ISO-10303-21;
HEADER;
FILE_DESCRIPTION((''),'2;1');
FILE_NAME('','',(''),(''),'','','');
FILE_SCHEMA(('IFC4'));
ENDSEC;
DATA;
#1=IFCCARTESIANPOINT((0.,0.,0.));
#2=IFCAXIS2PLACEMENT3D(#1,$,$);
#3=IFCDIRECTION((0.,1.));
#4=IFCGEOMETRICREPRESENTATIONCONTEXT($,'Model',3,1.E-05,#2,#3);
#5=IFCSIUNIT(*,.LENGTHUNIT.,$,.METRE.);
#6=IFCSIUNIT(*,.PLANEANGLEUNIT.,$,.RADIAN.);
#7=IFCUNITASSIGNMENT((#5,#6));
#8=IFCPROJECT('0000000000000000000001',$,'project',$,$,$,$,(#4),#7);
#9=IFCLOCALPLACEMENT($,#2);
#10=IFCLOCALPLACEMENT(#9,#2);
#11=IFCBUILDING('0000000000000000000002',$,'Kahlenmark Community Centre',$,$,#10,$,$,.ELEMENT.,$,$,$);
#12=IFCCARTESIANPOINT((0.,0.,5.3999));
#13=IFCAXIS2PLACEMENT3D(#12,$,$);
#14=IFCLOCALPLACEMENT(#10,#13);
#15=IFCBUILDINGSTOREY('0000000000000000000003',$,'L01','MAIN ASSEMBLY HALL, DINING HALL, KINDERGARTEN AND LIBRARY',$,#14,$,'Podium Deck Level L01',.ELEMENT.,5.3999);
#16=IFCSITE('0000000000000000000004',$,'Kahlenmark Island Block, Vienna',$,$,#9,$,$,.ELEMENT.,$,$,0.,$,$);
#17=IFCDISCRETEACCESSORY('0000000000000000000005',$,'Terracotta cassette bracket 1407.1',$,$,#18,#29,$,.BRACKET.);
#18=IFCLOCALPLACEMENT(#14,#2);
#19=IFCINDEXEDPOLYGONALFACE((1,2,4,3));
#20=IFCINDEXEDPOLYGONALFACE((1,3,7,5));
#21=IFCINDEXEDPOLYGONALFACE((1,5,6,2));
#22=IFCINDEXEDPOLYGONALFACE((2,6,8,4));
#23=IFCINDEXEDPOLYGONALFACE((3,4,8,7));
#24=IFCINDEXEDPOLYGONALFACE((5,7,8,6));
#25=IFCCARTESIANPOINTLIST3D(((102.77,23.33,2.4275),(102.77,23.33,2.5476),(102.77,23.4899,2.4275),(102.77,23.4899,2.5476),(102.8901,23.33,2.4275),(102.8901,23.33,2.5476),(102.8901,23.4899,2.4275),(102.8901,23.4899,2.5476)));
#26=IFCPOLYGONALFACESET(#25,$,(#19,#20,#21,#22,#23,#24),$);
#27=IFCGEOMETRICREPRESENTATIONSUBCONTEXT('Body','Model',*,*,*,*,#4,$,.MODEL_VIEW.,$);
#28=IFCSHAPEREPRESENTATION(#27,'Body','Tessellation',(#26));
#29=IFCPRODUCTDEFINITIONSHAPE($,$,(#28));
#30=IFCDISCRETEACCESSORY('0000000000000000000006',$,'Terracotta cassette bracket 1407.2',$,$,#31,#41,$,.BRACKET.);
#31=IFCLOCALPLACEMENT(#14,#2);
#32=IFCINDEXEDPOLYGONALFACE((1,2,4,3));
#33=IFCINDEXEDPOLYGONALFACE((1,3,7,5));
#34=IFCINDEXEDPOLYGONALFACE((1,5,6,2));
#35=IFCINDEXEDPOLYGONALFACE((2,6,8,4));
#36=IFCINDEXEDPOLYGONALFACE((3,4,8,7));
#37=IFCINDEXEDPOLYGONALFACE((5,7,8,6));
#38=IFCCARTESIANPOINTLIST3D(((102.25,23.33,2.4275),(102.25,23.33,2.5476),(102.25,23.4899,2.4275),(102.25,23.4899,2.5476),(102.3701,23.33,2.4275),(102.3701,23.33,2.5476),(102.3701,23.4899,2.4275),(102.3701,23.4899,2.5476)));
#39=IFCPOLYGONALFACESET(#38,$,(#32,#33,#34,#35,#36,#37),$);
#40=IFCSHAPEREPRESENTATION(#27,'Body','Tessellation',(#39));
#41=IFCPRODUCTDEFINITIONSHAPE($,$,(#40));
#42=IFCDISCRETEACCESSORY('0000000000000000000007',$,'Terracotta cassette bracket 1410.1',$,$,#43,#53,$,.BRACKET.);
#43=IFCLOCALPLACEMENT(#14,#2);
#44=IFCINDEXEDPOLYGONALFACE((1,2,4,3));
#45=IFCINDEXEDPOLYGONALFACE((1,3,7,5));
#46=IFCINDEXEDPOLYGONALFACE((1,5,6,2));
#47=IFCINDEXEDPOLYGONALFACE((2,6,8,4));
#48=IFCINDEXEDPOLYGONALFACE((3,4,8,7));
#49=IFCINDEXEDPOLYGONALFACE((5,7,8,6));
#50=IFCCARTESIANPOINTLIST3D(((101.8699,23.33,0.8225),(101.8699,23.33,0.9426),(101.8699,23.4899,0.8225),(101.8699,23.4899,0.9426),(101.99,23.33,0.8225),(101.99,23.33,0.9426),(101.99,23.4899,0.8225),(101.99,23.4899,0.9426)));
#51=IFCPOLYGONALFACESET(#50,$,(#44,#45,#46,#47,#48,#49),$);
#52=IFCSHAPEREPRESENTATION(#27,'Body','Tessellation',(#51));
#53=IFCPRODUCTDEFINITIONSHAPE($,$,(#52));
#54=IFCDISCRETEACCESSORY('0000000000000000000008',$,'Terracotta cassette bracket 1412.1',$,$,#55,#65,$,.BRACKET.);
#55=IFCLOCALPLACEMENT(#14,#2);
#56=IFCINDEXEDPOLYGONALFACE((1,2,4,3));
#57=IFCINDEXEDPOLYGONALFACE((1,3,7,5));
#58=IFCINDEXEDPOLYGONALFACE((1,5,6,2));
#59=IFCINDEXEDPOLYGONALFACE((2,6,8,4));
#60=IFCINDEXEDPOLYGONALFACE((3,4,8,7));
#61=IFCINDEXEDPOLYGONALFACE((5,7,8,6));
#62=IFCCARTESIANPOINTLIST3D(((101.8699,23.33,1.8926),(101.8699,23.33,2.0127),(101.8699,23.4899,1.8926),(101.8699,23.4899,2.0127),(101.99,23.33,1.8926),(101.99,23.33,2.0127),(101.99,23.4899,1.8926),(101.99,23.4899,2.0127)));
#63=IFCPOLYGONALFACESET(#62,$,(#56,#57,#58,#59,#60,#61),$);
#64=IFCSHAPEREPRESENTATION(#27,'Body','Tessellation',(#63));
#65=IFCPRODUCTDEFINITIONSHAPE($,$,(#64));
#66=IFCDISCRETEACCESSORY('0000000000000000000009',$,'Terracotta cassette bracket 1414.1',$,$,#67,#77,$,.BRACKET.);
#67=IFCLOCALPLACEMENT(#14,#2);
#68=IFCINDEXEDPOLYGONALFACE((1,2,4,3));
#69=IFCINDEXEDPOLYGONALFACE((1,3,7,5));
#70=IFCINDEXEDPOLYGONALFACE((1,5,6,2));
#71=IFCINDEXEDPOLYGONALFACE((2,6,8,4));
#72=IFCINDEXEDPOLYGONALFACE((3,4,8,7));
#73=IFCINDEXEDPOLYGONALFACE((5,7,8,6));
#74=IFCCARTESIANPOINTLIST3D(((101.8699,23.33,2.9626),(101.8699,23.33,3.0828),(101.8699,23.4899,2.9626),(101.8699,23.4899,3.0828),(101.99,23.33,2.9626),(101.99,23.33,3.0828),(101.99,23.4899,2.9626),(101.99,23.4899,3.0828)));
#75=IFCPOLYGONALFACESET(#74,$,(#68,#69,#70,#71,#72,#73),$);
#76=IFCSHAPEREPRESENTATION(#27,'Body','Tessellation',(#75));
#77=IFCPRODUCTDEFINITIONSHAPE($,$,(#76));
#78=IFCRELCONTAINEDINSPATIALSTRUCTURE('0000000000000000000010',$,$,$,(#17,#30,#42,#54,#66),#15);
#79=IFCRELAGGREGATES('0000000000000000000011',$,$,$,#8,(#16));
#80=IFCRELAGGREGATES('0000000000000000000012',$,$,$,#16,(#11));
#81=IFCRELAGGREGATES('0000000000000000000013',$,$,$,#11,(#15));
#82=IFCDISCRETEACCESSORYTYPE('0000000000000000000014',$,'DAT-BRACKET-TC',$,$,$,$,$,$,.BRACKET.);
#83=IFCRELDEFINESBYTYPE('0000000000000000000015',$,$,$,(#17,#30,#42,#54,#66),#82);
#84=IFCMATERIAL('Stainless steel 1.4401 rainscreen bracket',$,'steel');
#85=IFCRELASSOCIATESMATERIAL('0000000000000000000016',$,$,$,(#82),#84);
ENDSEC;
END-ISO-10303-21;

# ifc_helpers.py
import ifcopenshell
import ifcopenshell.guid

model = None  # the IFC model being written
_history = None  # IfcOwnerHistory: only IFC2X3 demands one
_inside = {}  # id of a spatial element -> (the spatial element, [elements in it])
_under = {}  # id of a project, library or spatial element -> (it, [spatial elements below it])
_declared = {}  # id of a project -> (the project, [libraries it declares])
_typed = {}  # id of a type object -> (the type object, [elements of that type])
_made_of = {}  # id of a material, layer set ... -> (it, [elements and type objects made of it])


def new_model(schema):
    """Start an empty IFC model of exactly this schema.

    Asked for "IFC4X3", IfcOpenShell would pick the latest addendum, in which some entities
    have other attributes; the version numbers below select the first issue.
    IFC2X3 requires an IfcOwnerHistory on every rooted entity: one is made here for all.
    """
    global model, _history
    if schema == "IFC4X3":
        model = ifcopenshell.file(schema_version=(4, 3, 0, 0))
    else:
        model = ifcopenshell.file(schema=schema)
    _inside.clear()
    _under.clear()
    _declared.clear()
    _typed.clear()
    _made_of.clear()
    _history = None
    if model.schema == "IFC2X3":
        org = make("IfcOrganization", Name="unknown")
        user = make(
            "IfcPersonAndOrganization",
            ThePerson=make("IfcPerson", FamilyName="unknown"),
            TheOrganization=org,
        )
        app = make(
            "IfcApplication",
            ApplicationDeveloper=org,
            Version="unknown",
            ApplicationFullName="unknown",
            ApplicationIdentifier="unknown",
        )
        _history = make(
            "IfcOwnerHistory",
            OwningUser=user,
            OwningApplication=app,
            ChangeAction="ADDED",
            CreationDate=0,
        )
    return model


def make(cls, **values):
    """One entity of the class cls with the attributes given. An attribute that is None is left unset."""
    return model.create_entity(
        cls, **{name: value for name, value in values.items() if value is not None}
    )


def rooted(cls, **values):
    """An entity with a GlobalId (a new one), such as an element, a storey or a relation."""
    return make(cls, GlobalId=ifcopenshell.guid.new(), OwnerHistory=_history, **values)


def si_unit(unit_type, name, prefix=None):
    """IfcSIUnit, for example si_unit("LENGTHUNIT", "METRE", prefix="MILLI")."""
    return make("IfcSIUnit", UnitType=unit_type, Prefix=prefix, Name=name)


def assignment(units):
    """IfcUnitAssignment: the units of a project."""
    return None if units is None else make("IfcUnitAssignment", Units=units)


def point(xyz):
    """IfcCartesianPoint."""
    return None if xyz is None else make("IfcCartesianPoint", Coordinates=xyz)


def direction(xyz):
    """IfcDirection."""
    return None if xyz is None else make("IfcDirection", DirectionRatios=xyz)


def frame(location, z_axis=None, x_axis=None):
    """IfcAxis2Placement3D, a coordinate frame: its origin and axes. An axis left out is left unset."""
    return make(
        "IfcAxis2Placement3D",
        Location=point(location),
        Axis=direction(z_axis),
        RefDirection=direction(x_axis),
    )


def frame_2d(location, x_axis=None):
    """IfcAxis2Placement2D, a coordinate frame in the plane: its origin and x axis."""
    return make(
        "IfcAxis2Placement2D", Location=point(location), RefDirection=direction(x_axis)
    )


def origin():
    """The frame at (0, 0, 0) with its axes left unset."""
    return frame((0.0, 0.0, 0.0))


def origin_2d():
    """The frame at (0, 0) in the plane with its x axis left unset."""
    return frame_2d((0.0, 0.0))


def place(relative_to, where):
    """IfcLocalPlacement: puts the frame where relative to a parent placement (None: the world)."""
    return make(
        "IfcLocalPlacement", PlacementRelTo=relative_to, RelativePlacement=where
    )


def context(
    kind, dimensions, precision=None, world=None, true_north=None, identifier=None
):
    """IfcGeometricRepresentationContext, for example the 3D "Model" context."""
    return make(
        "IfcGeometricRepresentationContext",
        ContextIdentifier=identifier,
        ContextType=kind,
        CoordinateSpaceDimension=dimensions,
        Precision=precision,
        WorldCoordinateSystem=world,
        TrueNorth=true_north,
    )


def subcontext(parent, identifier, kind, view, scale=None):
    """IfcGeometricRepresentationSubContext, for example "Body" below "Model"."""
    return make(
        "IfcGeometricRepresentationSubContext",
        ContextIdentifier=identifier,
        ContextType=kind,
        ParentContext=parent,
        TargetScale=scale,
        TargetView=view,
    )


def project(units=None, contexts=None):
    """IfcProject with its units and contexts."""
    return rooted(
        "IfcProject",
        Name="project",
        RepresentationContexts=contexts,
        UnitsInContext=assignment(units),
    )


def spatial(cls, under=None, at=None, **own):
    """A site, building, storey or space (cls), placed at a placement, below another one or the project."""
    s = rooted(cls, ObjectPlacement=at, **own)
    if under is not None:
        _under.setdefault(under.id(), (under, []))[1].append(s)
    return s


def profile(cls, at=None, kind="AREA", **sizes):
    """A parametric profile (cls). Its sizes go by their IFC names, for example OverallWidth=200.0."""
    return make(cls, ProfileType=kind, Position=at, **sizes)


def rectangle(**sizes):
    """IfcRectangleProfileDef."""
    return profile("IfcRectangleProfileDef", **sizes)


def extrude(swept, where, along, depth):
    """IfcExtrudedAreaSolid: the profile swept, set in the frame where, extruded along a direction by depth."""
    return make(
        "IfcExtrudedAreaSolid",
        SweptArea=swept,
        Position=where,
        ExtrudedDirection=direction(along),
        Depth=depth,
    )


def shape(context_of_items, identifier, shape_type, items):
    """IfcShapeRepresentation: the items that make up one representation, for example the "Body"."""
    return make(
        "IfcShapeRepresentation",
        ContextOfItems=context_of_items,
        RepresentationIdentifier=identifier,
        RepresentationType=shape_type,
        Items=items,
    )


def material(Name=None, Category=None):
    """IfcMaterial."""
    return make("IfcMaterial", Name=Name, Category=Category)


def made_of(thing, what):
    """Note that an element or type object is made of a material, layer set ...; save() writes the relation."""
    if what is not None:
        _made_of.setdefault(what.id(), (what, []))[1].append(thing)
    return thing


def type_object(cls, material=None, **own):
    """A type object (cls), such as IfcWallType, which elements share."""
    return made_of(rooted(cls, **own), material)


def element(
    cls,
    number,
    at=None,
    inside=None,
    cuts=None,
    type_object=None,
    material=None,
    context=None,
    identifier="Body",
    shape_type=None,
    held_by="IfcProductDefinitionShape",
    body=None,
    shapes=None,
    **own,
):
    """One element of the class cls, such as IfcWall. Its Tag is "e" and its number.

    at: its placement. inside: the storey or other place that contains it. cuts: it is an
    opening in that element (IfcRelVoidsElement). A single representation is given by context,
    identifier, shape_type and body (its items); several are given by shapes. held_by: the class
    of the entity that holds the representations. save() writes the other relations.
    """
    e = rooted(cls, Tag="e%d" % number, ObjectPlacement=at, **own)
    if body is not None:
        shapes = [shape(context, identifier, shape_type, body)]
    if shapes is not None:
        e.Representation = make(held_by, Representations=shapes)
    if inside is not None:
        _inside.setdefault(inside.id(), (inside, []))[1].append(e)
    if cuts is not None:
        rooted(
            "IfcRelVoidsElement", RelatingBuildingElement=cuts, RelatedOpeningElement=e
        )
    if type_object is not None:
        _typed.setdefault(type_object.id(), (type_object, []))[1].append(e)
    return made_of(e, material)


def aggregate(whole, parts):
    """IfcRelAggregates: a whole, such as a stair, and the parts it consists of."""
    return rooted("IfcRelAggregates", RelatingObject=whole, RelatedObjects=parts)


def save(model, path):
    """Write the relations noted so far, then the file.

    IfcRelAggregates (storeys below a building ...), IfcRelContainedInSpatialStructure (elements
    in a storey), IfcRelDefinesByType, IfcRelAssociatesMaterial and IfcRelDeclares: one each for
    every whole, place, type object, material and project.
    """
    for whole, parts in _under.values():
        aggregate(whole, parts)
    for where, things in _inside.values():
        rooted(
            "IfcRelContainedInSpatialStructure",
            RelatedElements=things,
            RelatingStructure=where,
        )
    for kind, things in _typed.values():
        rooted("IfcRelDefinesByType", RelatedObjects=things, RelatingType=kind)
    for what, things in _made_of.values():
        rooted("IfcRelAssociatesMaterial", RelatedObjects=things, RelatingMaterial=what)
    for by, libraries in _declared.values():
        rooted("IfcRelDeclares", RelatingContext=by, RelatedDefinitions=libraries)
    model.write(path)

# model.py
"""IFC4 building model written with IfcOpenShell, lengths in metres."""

from ifc_helpers import new_model, si_unit, direction, frame, origin, origin_2d, place, context, subcontext, project, spatial, rectangle, extrude, material, type_object, element, save


model = new_model("IFC4")

# Units and contexts
model_context = context("Model", 3, precision=1e-05, world=origin(), true_north=direction((0.0, 1.0)))
body_context = subcontext(model_context, "Body", "Model", "MODEL_VIEW")
ifc_project = project(units=[si_unit("LENGTHUNIT", "METRE"), si_unit("PLANEANGLEUNIT", "RADIAN")], contexts=[model_context])

# Site, building, storey
site_placement = place(None, origin())
site = spatial("IfcSite", under=ifc_project, at=site_placement, Name="Kahlenmark Island Block, Vienna", CompositionType="ELEMENT", RefElevation=0.0)
building_placement = place(site_placement, origin())
building = spatial("IfcBuilding", under=site, at=building_placement, Name="Kahlenmark Community Centre", CompositionType="ELEMENT")
storey_placement = place(building_placement, frame((0.0, 0.0, 5.3999)))
storey = spatial("IfcBuildingStorey", under=building, at=storey_placement, Name="L01", Description="MAIN ASSEMBLY HALL, DINING HALL, KINDERGARTEN AND LIBRARY", LongName="Podium Deck Level L01", CompositionType="ELEMENT", Elevation=5.3999)

# Discrete accessories
ifc_material_1 = material(Name="Stainless steel 1.4401 rainscreen bracket", Category="steel")
discrete_accessory_type = type_object("IfcDiscreteAccessoryType", Name="DAT-BRACKET-TC", PredefinedType="BRACKET", material=ifc_material_1)
for number, where, z_axis, x_axis, name in (
    (1, (102.8301, 23.4099, 2.4275), (0.0, 0.0, 1.0), (-1.0, 0.0, 0.0), "Terracotta cassette bracket 1407.1"),
    (2, (102.3101, 23.4099, 2.4275), (0.0, 0.0, 1.0), (-1.0, 0.0, 0.0), "Terracotta cassette bracket 1407.2"),
    (3, (101.9299, 23.4099, 0.8225), (0.0, 0.0, 1.0), (-1.0, 0.0, 0.0), "Terracotta cassette bracket 1410.1"),
    (4, (101.9299, 23.4099, 1.8926), (0.0, 0.0, 1.0), (-1.0, 0.0, 0.0), "Terracotta cassette bracket 1412.1"),
    (5, (101.9299, 23.4099, 2.9626), (0.0, 0.0, 1.0), (-1.0, 0.0, 0.0), "Terracotta cassette bracket 1414.1"),
):
    element("IfcDiscreteAccessory", number, at=place(storey_placement, frame(where, z_axis=z_axis, x_axis=x_axis)), inside=storey, type_object=discrete_accessory_type, Name=name, PredefinedType="BRACKET", context=body_context, shape_type="SweptSolid", body=[
        extrude(rectangle(XDim=0.1201, YDim=0.1599, at=origin_2d()), origin(), (0.0, 0.0, 1.0), 0.1201),
    ])

save(model, "model.ifc")
